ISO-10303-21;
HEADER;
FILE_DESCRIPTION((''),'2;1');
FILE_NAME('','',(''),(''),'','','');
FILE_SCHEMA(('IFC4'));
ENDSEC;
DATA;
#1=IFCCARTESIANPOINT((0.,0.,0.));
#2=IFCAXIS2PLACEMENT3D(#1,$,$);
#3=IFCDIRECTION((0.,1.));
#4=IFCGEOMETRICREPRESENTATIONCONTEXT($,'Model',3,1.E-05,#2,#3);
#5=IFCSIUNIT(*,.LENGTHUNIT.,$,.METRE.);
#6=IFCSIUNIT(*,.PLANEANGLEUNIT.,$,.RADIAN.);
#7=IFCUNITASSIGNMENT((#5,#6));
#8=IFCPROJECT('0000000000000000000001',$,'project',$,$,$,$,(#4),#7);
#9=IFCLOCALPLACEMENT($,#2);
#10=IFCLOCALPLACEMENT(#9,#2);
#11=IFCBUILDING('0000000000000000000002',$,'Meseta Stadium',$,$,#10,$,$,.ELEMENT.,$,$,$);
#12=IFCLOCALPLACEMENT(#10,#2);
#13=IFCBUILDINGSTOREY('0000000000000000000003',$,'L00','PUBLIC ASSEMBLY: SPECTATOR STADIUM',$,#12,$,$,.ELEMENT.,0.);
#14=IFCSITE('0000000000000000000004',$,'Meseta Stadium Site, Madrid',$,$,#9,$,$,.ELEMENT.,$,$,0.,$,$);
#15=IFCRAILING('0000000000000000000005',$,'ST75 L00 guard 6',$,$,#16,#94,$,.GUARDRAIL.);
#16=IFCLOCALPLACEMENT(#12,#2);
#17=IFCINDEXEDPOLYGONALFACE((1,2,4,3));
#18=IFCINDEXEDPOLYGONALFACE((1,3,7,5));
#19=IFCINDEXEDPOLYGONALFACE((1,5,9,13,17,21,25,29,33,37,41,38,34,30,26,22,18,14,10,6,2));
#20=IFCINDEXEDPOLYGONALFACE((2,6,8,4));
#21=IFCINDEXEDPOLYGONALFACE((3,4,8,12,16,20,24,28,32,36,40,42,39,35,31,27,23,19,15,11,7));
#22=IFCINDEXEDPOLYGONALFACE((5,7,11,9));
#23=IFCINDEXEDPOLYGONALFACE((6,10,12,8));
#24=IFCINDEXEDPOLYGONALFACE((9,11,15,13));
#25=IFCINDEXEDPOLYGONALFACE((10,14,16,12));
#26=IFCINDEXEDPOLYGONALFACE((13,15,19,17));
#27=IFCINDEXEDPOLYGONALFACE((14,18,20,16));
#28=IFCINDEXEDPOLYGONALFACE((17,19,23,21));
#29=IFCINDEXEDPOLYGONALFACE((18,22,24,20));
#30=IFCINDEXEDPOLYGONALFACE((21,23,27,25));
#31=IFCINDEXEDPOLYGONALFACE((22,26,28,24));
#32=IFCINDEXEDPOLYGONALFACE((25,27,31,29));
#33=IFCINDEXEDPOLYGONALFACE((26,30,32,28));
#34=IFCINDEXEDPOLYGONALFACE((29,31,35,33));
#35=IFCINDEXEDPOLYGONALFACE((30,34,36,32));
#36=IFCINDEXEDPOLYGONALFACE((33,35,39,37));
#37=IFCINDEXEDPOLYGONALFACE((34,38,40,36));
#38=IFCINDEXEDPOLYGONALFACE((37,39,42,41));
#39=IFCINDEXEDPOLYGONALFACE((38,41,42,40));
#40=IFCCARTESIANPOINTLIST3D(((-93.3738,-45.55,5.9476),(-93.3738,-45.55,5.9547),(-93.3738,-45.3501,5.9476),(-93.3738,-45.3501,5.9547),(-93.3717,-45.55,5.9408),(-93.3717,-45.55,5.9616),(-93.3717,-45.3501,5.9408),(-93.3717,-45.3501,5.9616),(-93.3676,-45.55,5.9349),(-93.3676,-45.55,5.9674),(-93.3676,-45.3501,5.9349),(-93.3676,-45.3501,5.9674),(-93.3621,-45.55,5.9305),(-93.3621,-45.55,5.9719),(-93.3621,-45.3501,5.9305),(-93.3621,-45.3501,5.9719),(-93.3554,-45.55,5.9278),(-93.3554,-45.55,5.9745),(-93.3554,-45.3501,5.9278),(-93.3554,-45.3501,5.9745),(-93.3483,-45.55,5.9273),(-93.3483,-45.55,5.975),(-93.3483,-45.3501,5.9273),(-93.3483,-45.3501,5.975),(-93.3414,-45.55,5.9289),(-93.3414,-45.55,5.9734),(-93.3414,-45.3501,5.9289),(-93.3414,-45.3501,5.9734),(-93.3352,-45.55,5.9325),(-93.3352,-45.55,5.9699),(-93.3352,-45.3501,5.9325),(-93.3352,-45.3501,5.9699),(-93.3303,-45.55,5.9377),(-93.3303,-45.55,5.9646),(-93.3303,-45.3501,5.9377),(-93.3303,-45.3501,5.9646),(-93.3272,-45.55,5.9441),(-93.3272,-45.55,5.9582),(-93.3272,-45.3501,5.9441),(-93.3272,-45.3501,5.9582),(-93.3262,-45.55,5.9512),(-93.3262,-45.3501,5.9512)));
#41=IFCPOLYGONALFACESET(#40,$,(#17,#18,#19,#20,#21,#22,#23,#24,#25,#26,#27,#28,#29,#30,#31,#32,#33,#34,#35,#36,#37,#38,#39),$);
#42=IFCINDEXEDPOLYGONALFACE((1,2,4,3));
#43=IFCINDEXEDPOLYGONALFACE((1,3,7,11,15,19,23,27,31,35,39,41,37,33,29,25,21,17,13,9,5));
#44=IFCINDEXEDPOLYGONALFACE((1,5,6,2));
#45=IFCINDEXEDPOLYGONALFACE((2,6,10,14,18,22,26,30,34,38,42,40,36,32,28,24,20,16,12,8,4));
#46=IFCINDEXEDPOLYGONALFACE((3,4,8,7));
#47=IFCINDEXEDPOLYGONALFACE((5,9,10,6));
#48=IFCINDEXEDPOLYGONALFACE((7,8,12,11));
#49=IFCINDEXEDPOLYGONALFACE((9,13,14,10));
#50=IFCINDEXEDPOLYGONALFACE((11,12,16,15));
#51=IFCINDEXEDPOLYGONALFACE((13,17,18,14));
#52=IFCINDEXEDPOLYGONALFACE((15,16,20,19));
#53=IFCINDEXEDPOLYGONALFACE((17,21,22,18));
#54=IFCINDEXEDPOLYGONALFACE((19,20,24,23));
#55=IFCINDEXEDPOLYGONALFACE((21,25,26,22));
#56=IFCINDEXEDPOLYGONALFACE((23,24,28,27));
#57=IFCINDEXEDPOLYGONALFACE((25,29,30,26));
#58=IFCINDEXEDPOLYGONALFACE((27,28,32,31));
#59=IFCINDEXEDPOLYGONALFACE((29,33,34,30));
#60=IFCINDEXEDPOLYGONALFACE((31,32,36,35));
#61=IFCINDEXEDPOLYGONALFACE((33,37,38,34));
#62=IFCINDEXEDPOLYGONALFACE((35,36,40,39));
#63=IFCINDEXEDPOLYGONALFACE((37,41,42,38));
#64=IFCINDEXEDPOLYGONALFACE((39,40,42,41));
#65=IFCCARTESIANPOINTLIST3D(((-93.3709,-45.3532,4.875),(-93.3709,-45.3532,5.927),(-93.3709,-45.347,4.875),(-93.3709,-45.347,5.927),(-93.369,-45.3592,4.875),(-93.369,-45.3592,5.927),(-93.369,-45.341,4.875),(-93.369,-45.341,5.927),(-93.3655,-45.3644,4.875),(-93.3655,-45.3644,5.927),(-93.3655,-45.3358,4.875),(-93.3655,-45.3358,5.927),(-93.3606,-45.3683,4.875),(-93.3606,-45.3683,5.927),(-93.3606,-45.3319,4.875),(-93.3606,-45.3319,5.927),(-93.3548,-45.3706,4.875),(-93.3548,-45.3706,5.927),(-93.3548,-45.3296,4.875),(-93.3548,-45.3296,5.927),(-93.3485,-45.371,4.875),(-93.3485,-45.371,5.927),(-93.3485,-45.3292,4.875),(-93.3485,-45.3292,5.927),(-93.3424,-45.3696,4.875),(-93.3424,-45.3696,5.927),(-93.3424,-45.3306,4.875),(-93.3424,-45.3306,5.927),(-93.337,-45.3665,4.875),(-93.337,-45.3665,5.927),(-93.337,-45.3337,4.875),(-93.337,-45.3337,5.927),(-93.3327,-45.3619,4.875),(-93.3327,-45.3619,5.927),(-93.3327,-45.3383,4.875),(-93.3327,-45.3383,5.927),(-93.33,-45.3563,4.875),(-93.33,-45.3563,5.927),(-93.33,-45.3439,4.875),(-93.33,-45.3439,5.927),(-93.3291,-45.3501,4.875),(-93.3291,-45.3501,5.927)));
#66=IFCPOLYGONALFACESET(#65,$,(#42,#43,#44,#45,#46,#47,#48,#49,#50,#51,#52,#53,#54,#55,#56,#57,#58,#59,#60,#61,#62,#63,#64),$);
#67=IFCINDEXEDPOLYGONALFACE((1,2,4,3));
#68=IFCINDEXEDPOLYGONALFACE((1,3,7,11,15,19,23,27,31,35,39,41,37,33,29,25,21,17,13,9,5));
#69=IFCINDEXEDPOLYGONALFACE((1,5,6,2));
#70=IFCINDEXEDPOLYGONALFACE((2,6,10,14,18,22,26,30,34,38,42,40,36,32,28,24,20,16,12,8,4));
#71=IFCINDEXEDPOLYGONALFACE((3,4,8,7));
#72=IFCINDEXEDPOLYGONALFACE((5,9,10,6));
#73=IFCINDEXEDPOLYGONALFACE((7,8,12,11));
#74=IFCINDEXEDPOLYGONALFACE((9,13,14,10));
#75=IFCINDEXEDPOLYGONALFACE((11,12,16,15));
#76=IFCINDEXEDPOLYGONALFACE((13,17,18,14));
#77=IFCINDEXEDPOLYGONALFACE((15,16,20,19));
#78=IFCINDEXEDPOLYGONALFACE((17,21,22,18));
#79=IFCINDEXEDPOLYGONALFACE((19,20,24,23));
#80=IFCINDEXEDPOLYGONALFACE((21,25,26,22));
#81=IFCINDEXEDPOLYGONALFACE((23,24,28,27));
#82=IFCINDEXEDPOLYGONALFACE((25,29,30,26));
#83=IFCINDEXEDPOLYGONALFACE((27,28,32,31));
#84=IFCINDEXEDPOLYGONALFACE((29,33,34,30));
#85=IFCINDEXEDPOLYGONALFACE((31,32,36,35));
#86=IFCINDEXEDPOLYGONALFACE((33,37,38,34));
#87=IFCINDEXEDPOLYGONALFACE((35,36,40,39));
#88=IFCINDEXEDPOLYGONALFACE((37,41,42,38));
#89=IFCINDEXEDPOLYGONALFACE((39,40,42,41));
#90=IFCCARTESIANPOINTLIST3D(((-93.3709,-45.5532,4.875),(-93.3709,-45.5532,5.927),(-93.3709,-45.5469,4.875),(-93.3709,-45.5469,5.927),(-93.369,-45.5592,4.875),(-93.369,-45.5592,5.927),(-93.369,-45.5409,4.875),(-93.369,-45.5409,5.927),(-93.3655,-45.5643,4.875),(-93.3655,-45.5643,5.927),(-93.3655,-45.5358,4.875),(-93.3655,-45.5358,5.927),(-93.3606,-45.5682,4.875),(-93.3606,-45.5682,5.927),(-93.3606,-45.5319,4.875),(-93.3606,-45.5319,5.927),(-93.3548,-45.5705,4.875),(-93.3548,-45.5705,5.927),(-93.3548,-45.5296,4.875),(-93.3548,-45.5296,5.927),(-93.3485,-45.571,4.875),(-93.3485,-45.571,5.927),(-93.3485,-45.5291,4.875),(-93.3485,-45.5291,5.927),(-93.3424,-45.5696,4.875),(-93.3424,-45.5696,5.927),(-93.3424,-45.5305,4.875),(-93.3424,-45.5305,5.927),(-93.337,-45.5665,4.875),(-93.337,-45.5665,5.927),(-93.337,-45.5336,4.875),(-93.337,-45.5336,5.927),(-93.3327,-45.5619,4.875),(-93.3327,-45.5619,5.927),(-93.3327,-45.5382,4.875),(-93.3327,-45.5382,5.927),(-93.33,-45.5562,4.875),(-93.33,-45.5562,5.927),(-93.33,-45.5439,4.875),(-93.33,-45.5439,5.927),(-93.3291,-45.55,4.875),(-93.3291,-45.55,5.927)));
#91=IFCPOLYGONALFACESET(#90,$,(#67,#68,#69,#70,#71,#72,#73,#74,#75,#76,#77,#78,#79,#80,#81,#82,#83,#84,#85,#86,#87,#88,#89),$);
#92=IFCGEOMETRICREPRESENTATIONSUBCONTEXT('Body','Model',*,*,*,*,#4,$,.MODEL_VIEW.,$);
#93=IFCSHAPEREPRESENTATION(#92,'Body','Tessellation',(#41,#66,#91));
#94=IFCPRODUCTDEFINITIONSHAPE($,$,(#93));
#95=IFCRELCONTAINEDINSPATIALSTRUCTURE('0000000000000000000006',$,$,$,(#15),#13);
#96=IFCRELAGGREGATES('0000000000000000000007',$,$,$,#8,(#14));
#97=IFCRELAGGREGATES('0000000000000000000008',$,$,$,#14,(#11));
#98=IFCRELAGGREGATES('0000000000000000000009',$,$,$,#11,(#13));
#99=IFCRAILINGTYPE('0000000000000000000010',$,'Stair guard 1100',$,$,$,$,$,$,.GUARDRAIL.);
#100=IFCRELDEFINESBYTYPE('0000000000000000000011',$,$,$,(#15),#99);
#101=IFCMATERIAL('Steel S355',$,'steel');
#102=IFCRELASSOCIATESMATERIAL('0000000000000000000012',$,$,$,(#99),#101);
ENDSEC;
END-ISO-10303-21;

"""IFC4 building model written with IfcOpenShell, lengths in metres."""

from ifc_helpers import new_model, si_unit, direction, frame, origin, origin_2d, place, context, subcontext, project, spatial, circle, extrude, material, type_object, element, save


model = new_model("IFC4")

# Units and contexts
model_context = context("Model", 3, precision=1e-05, world=origin(), true_north=direction((0.0, 1.0)))
body_context = subcontext(model_context, "Body", "Model", "MODEL_VIEW")
ifc_project = project(units=[si_unit("LENGTHUNIT", "METRE"), si_unit("PLANEANGLEUNIT", "RADIAN")], contexts=[model_context])

# Site, building, storey
site_placement = place(None, origin())
site = spatial("IfcSite", under=ifc_project, at=site_placement, Name="Meseta Stadium Site, Madrid", CompositionType="ELEMENT", RefElevation=0.0)
building_placement = place(site_placement, origin())
building = spatial("IfcBuilding", under=site, at=building_placement, Name="Meseta Stadium", CompositionType="ELEMENT")
storey_placement = place(building_placement, origin())
storey = spatial("IfcBuildingStorey", under=building, at=storey_placement, Name="L00", Description="PUBLIC ASSEMBLY: SPECTATOR STADIUM", CompositionType="ELEMENT", Elevation=0.0)

# Railing
ifc_material_1 = material(Name="Steel S355", Category="steel")
railing_type_1 = type_object("IfcRailingType", Name="Stair guard 1100", PredefinedType="GUARDRAIL", material=ifc_material_1)
railing_1_placement = place(storey_placement, frame((-93.3501, -45.3501, 4.875)))
element("IfcRailing", 1, at=railing_1_placement, inside=storey, type_object=railing_type_1, Name="ST75 L00 guard 6", PredefinedType="GUARDRAIL", context=body_context, shape_type="SweptSolid", body=[
    extrude(circle(Radius=0.0239, at=origin_2d()), frame((0.0, 0.0, 1.0762), z_axis=(0.0, -1.0, 0.0), x_axis=(1.0, 0.0, 0.0)), (0.0, 0.0, 1.0), 0.2),
    extrude(circle(Radius=0.021, at=origin_2d()), origin(), (0.0, 0.0, 1.0), 1.052),
    extrude(circle(Radius=0.021, at=origin_2d()), frame((0.0, -0.2, 0.0)), (0.0, 0.0, 1.0), 1.052),
])

save(model, "model.ifc")
